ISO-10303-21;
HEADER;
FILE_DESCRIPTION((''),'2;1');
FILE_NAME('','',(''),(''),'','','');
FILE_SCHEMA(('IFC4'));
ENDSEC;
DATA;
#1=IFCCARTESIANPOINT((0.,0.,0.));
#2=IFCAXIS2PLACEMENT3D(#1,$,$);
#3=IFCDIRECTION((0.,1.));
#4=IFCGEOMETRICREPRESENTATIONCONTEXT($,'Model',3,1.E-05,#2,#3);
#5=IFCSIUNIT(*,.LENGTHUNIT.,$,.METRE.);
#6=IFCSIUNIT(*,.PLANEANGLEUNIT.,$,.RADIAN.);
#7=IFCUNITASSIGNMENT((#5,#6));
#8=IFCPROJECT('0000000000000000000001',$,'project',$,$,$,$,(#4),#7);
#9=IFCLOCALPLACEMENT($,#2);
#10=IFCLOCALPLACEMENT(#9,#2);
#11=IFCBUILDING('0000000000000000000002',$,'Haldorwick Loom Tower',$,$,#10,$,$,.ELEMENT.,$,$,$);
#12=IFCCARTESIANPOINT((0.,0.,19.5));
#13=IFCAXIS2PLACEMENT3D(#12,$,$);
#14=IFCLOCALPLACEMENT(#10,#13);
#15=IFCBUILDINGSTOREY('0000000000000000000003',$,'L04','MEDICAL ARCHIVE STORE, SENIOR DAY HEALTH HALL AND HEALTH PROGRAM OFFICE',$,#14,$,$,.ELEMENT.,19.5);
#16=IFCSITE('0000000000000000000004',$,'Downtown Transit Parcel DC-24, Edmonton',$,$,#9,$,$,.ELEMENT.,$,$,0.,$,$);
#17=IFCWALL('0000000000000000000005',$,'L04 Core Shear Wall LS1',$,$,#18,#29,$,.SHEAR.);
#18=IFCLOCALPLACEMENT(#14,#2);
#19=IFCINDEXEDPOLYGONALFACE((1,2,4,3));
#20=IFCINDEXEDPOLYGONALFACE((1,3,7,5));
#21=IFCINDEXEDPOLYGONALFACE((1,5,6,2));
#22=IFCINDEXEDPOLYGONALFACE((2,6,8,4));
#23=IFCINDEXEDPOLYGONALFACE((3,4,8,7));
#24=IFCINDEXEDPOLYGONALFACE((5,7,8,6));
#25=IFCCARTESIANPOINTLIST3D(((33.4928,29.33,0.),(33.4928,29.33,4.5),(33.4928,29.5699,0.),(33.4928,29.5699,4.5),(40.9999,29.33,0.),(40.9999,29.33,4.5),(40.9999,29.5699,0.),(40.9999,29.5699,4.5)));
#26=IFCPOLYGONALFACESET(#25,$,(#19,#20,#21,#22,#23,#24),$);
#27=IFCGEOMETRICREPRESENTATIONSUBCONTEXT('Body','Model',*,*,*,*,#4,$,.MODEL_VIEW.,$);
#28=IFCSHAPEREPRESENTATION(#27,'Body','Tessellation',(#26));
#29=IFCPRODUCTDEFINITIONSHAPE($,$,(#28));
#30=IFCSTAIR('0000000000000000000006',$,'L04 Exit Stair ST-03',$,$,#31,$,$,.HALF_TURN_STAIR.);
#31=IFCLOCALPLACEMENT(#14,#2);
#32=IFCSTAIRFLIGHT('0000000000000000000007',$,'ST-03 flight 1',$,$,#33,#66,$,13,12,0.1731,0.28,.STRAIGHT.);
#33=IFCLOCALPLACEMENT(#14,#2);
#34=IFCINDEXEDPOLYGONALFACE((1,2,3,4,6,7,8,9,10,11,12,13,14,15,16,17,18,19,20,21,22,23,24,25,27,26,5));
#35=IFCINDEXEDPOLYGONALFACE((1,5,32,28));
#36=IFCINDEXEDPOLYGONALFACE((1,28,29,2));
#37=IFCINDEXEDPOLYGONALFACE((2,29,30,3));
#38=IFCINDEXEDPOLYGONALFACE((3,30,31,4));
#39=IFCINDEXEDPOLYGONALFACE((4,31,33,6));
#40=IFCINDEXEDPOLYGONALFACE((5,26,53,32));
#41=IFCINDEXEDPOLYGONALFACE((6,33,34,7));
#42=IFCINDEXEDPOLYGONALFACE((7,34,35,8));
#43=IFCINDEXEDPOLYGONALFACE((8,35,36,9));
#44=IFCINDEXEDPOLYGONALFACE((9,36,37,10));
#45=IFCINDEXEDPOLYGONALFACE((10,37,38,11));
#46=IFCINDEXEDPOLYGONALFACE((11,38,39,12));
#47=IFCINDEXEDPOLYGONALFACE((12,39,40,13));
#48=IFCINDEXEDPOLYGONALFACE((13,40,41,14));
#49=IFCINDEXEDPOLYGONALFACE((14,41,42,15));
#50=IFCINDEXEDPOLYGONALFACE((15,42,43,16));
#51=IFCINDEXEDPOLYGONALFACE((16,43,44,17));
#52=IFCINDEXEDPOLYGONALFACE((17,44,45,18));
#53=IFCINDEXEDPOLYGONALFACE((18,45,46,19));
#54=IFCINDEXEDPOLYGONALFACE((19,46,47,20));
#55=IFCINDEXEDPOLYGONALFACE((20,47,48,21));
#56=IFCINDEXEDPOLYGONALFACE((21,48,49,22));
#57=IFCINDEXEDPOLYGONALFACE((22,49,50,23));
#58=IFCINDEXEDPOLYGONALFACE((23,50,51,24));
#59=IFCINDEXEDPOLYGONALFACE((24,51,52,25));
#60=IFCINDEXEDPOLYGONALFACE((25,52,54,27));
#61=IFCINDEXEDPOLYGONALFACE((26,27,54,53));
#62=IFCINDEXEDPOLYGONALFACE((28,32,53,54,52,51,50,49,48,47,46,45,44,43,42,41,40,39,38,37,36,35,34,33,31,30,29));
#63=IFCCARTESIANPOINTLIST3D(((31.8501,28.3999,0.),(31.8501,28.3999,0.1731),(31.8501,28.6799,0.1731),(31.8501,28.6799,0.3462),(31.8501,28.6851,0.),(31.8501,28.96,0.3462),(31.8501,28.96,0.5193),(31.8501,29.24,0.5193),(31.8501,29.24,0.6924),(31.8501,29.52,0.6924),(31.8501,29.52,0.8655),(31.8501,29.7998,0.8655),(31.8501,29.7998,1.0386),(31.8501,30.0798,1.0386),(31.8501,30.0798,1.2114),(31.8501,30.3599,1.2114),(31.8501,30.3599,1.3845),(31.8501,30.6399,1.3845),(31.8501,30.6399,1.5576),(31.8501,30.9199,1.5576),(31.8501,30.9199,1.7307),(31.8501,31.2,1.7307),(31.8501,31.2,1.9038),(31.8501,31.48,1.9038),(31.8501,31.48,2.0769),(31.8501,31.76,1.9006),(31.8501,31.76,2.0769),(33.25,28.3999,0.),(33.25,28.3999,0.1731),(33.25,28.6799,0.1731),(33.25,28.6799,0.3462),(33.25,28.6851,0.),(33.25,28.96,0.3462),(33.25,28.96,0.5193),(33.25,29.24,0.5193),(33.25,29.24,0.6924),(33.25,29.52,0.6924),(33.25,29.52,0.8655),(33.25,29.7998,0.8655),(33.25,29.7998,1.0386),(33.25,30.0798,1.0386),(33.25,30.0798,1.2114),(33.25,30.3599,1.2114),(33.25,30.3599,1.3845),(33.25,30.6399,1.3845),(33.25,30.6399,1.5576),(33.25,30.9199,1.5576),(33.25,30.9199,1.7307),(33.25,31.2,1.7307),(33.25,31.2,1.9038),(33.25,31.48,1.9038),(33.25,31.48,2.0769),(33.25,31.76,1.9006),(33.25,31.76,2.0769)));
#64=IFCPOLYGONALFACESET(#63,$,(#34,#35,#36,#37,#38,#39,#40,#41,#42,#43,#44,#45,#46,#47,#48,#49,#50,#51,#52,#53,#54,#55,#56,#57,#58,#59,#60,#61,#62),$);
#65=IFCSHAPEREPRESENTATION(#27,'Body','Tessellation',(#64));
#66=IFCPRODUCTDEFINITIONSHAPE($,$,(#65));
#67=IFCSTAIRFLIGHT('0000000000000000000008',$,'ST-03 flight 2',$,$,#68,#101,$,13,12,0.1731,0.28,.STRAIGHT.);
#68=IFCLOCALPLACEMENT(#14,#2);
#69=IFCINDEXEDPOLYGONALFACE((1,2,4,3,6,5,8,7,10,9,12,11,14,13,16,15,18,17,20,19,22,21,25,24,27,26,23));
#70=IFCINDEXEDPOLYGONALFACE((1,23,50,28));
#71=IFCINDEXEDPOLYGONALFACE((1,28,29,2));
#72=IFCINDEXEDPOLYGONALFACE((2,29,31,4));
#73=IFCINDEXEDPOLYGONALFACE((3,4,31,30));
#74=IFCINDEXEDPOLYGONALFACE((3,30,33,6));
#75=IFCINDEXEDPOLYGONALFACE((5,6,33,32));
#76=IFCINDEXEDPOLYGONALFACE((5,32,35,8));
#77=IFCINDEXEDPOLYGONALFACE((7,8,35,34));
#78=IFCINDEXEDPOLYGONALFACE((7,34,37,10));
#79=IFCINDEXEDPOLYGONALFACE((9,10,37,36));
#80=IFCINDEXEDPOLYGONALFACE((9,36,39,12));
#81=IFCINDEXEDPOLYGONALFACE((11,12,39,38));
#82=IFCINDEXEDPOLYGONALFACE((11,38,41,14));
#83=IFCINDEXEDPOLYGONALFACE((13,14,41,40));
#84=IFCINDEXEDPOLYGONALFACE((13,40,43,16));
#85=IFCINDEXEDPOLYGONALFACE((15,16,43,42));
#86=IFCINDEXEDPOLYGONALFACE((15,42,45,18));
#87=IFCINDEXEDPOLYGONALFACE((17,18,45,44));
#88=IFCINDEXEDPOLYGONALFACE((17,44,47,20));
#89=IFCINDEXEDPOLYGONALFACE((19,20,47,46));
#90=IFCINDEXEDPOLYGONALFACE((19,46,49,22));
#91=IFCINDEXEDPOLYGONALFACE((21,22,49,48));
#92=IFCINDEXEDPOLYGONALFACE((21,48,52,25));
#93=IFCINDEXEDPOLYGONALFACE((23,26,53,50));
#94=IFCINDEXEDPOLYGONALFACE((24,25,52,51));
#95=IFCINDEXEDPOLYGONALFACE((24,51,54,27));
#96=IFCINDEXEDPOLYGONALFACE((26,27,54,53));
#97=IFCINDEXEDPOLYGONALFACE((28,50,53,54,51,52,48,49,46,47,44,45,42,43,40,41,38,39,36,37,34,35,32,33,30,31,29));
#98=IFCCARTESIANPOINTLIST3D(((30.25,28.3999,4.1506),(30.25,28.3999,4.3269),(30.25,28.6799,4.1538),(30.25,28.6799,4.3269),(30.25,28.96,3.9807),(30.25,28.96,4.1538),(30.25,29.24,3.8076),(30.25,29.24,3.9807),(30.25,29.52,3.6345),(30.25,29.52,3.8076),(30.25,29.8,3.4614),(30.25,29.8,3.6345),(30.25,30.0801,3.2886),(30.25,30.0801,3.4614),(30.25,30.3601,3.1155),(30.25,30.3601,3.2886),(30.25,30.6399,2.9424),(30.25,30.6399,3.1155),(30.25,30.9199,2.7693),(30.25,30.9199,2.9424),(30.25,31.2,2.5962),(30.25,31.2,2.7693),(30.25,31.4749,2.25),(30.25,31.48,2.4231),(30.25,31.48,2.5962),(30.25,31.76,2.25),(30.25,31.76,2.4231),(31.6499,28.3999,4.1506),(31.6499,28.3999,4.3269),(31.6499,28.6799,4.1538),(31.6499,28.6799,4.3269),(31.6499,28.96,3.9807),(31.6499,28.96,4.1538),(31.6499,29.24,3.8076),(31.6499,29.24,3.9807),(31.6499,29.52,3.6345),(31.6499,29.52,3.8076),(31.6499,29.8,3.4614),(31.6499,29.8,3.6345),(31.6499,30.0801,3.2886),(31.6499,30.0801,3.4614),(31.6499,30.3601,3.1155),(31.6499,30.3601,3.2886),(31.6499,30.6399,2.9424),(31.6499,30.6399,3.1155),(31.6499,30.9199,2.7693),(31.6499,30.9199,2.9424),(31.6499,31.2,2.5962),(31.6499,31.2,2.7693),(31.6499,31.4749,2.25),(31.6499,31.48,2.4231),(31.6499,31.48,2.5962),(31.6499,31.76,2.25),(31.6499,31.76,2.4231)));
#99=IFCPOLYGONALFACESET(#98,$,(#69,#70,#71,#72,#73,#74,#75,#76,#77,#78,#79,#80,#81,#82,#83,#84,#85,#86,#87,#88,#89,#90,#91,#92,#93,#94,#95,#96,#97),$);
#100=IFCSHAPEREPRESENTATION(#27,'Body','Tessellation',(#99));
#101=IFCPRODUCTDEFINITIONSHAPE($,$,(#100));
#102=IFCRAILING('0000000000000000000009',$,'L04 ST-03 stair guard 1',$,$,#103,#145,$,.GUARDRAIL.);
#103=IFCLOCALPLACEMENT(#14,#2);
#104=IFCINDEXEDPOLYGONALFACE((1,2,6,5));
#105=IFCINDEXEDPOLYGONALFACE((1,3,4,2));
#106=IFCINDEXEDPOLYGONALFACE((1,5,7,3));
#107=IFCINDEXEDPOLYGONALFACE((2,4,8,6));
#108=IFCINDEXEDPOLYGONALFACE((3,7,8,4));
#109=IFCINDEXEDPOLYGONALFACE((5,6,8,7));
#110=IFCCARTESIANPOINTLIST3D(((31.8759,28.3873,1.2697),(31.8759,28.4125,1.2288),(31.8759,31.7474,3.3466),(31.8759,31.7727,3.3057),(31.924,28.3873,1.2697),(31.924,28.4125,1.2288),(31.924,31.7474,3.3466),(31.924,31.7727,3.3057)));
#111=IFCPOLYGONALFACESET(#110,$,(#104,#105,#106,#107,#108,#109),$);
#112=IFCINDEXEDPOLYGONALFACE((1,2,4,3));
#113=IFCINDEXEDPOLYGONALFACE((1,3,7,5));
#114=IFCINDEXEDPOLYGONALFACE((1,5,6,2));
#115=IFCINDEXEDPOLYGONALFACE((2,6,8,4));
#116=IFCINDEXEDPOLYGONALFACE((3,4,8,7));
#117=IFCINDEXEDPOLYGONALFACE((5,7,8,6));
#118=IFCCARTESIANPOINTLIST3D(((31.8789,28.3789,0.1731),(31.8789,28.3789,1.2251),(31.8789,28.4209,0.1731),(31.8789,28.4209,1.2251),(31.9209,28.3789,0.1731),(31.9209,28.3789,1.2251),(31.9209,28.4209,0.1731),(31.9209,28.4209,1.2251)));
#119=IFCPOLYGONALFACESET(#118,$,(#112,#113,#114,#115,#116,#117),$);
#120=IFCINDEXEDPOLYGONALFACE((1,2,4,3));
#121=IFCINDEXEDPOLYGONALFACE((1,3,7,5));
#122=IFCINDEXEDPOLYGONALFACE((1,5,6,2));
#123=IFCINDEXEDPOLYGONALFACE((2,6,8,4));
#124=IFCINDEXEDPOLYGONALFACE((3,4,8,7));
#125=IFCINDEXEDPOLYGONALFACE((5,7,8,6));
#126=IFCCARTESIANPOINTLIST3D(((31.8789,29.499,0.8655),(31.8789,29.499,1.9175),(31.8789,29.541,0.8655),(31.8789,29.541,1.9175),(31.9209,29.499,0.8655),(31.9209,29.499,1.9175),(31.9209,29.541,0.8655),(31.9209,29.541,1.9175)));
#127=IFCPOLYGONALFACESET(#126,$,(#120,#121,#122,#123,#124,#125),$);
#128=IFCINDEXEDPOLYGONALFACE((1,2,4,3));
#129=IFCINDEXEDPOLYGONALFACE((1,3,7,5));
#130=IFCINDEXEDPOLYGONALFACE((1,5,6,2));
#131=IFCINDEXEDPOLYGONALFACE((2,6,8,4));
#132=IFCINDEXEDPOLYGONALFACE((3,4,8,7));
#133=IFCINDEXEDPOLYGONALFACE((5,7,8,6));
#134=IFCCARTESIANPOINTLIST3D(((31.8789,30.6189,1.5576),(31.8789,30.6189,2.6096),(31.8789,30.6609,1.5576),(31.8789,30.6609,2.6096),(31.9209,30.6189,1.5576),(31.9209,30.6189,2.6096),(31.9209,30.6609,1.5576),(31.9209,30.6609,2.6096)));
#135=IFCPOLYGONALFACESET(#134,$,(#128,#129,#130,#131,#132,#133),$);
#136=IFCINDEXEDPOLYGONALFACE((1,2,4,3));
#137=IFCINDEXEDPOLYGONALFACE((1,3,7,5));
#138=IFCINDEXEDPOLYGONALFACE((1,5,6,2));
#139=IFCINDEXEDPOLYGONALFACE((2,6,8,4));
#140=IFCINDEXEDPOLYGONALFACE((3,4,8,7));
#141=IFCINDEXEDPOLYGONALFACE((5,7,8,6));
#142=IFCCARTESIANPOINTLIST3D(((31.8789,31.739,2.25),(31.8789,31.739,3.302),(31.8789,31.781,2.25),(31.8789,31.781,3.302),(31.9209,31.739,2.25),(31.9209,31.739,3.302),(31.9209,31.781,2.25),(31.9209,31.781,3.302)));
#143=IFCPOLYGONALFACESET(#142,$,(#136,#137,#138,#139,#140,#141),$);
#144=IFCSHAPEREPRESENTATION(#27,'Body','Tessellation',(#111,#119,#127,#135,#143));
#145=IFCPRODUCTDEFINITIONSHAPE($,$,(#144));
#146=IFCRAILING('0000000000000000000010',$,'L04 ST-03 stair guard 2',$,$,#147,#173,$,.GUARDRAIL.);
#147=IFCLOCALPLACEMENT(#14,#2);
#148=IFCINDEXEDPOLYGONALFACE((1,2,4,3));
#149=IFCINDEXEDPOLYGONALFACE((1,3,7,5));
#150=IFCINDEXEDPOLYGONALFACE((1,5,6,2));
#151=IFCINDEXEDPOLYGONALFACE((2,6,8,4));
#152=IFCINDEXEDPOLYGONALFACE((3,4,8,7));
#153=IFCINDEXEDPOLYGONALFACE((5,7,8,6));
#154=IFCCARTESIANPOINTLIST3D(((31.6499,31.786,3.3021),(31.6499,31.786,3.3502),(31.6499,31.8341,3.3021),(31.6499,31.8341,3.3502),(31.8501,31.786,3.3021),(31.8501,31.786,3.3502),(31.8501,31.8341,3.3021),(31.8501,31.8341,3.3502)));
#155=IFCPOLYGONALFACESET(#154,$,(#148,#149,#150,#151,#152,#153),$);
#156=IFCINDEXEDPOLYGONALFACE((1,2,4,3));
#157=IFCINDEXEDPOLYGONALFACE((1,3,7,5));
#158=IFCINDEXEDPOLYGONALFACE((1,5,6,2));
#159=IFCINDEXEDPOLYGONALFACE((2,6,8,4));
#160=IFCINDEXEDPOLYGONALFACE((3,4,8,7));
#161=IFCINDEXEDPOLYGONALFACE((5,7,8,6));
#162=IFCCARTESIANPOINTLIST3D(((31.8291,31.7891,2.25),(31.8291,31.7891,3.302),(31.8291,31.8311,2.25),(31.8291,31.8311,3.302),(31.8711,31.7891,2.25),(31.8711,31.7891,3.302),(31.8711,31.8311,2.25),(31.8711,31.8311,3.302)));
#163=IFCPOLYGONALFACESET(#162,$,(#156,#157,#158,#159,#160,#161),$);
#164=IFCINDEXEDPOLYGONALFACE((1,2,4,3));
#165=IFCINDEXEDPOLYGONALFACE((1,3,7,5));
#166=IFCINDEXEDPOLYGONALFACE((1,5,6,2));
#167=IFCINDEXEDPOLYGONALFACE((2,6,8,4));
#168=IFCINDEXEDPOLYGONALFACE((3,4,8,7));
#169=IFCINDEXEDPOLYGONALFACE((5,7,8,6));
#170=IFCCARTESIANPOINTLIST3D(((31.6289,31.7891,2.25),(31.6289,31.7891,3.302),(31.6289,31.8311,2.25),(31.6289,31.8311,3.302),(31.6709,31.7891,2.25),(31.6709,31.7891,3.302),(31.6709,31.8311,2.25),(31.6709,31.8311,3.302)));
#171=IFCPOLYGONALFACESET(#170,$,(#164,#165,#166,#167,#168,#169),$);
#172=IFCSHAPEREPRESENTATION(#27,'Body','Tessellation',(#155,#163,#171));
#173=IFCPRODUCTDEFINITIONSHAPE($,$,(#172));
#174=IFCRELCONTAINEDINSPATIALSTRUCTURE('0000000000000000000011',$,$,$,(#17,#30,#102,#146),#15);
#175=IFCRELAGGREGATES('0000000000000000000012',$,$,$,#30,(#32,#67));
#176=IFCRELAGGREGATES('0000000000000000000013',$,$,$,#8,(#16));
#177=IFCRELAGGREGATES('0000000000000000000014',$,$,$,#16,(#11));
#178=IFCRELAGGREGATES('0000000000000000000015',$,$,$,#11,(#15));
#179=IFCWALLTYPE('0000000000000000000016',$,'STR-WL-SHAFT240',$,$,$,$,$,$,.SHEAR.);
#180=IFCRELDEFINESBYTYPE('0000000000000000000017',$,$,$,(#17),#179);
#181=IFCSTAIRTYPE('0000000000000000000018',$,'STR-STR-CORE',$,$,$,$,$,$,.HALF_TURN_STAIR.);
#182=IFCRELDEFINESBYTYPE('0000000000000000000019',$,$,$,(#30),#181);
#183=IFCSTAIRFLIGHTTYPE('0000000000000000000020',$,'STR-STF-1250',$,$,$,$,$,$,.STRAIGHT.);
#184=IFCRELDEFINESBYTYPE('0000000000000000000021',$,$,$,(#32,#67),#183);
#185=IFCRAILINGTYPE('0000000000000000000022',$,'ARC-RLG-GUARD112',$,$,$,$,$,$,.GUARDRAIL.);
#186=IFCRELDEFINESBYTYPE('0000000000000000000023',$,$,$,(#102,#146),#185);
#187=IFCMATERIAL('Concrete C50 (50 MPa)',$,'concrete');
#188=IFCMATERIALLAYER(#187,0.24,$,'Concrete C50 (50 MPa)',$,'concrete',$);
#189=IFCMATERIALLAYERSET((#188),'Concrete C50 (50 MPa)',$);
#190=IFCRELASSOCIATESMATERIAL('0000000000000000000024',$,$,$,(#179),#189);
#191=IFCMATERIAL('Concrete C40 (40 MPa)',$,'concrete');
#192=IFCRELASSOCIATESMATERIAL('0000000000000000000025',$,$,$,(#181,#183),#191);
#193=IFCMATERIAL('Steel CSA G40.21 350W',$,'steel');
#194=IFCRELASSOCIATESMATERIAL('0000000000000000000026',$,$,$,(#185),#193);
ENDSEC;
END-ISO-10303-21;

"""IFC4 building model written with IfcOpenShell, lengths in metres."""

from ifc_helpers import new_model, si_unit, direction, frame, frame_2d, origin, origin_2d, place, context, subcontext, project, spatial, polyline, rectangle, outline, extrude, material, layer, layer_set, type_object, element, aggregate, save


model = new_model("IFC4")

# Units and contexts
model_context = context("Model", 3, precision=1e-05, world=origin(), true_north=direction((0.0, 1.0)))
body_context = subcontext(model_context, "Body", "Model", "MODEL_VIEW")
ifc_project = project(units=[si_unit("LENGTHUNIT", "METRE"), si_unit("PLANEANGLEUNIT", "RADIAN")], contexts=[model_context])

# Site, building, storey
site_placement = place(None, origin())
site = spatial("IfcSite", under=ifc_project, at=site_placement, Name="Downtown Transit Parcel DC-24, Edmonton", CompositionType="ELEMENT", RefElevation=0.0)
building_placement = place(site_placement, origin())
building = spatial("IfcBuilding", under=site, at=building_placement, Name="Haldorwick Loom Tower", CompositionType="ELEMENT")
storey_placement = place(building_placement, frame((0.0, 0.0, 19.5)))
storey = spatial("IfcBuildingStorey", under=building, at=storey_placement, Name="L04", Description="MEDICAL ARCHIVE STORE, SENIOR DAY HEALTH HALL AND HEALTH PROGRAM OFFICE", CompositionType="ELEMENT", Elevation=19.5)

# Shared definitions
ifc_material_1 = material(Name="Steel CSA G40.21 350W", Category="steel")

# Shared definitions
ifc_material_2 = material(Name="Concrete C50 (50 MPa)", Category="concrete")
ifc_layer = layer(ifc_material_2, 0.24, Name="Concrete C50 (50 MPa)", Category="concrete")
ifc_layer_set = layer_set([ifc_layer], Name="Concrete C50 (50 MPa)")
wall_type = type_object("IfcWallType", Name="STR-WL-SHAFT240", PredefinedType="SHEAR", material=ifc_layer_set)

# Wall
wall_1_placement = place(storey_placement, frame((33.4929, 29.45, 0.0), z_axis=(0.0, 0.0, 1.0), x_axis=(1.0, 0.0, 0.0)))
element("IfcWall", 1, at=wall_1_placement, inside=storey, type_object=wall_type, Name="L04 Core Shear Wall LS1", PredefinedType="SHEAR", context=body_context, shape_type="SweptSolid", body=[
    extrude(rectangle(XDim=7.5071, YDim=0.24, at=frame_2d((3.7534, 0.0))), origin(), (0.0, 0.0, 1.0), 4.5),
])

# Stair, stair flights
ifc_material_3 = material(Name="Concrete C40 (40 MPa)", Category="concrete")
stair_type = type_object("IfcStairType", Name="STR-STR-CORE", PredefinedType="HALF_TURN_STAIR", material=ifc_material_3)
stair_placement = place(storey_placement, origin())
stair = element("IfcStair", 2, at=stair_placement, inside=storey, type_object=stair_type, Name="L04 Exit Stair ST-03", PredefinedType="HALF_TURN_STAIR")
stair_flight_type = type_object("IfcStairFlightType", Name="STR-STF-1250", PredefinedType="STRAIGHT", material=ifc_material_3)
stair_flight_1_placement = place(storey_placement, frame((32.55, 28.3999, 0.0), z_axis=(0.0, 0.0, 1.0), x_axis=(0.0, 1.0, 0.0)))
stair_flight_1 = element("IfcStairFlight", 3, at=stair_flight_1_placement, type_object=stair_flight_type, Name="ST-03 flight 1", NumberOfRisers=13, NumberOfTreads=12, PredefinedType="STRAIGHT", RiserHeight=0.1731, TreadLength=0.28, context=body_context, shape_type="SweptSolid", body=[
    extrude(outline(polyline([(0.0, 0.0), (0.0, 0.1731), (0.28, 0.1731), (0.28, 0.3462), (0.5601, 0.3462), (0.5601, 0.5193), (0.8401, 0.5193), (0.8401, 0.6924), (1.1201, 0.6924), (1.1201, 0.8655), (1.3999, 0.8655), (1.3999, 1.0386), (1.6799, 1.0386), (1.6799, 1.2114), (1.96, 1.2114), (1.96, 1.3845), (2.24, 1.3845), (2.24, 1.5576), (2.52, 1.5576), (2.52, 1.7307), (2.8, 1.7307), (2.8, 1.9038), (3.0801, 1.9038), (3.0801, 2.0769), (3.3601, 2.0769), (3.3601, 2.25), (3.3601, 1.9006), (0.2852, 0.0), (0.0, 0.0)])), frame((0.0, 0.7, 0.0), z_axis=(0.0, -1.0, 0.0), x_axis=(1.0, 0.0, 0.0)), (0.0, 0.0, 1.0), 1.3999),
])
stair_flight_2_placement = place(storey_placement, frame((30.95, 31.76, 2.25), z_axis=(0.0, 0.0, 1.0), x_axis=(0.0, -1.0, 0.0)))
stair_flight_2 = element("IfcStairFlight", 4, at=stair_flight_2_placement, type_object=stair_flight_type, Name="ST-03 flight 2", NumberOfRisers=13, NumberOfTreads=12, PredefinedType="STRAIGHT", RiserHeight=0.1731, TreadLength=0.28, context=body_context, shape_type="SweptSolid", body=[
    extrude(outline(polyline([(0.0, 0.0), (0.0, 0.1731), (0.28, 0.1731), (0.28, 0.3462), (0.5601, 0.3462), (0.5601, 0.5193), (0.8401, 0.5193), (0.8401, 0.6924), (1.1201, 0.6924), (1.1201, 0.8655), (1.3999, 0.8655), (1.3999, 1.0386), (1.6799, 1.0386), (1.6799, 1.2114), (1.96, 1.2114), (1.96, 1.3845), (2.24, 1.3845), (2.24, 1.5576), (2.52, 1.5576), (2.52, 1.7307), (2.8, 1.7307), (2.8, 1.9038), (3.0801, 1.9038), (3.0801, 2.0769), (3.3601, 2.0769), (3.3601, 2.25), (3.3601, 1.9006), (0.2852, 0.0), (0.0, 0.0)])), frame((0.0, 0.7, 0.0), z_axis=(0.0, -1.0, 0.0), x_axis=(1.0, 0.0, 0.0)), (0.0, 0.0, 1.0), 1.3999),
])
aggregate(stair, [stair_flight_1, stair_flight_2])

# Railings
railing_type_1 = type_object("IfcRailingType", Name="ARC-RLG-GUARD112", PredefinedType="GUARDRAIL", material=ifc_material_1)
railing_1_placement = place(storey_placement, frame((31.8999, 28.3999, 0.1731)))
element("IfcRailing", 5, at=railing_1_placement, inside=storey, type_object=railing_type_1, Name="L04 ST-03 stair guard 1", PredefinedType="GUARDRAIL", context=body_context, shape_type="SweptSolid", body=[
    extrude(rectangle(XDim=0.0481, YDim=0.0481, at=origin_2d()), frame((0.0, 0.0, 1.0762), z_axis=(0.0, 0.850623, 0.525776), x_axis=(-1.0, 0.0, 0.0)), (0.0, 0.0, 1.0), 3.9502),
    extrude(rectangle(XDim=0.042, YDim=0.042, at=origin_2d()), origin(), (0.0, 0.0, 1.0), 1.052),
    extrude(rectangle(XDim=0.042, YDim=0.042, at=origin_2d()), frame((0.0, 1.1201, 0.6924)), (0.0, 0.0, 1.0), 1.052),
    extrude(rectangle(XDim=0.042, YDim=0.042, at=origin_2d()), frame((0.0, 2.24, 1.3845)), (0.0, 0.0, 1.0), 1.052),
    extrude(rectangle(XDim=0.042, YDim=0.042, at=origin_2d()), frame((0.0, 3.3601, 2.0769)), (0.0, 0.0, 1.0), 1.052),
])
railing_2_placement = place(storey_placement, frame((31.8501, 31.8101, 2.25)))
element("IfcRailing", 6, at=railing_2_placement, inside=storey, type_object=railing_type_1, Name="L04 ST-03 stair guard 2", PredefinedType="GUARDRAIL", context=body_context, shape_type="SweptSolid", body=[
    extrude(rectangle(XDim=0.0481, YDim=0.0481, at=origin_2d()), frame((0.0, 0.0, 1.0762), z_axis=(-1.0, 0.0, 0.0), x_axis=(0.0, -1.0, 0.0)), (0.0, 0.0, 1.0), 0.2002),
    extrude(rectangle(XDim=0.042, YDim=0.042, at=origin_2d()), origin(), (0.0, 0.0, 1.0), 1.052),
    extrude(rectangle(XDim=0.042, YDim=0.042, at=origin_2d()), frame((-0.2002, 0.0, 0.0)), (0.0, 0.0, 1.0), 1.052),
])

save(model, "model.ifc")
